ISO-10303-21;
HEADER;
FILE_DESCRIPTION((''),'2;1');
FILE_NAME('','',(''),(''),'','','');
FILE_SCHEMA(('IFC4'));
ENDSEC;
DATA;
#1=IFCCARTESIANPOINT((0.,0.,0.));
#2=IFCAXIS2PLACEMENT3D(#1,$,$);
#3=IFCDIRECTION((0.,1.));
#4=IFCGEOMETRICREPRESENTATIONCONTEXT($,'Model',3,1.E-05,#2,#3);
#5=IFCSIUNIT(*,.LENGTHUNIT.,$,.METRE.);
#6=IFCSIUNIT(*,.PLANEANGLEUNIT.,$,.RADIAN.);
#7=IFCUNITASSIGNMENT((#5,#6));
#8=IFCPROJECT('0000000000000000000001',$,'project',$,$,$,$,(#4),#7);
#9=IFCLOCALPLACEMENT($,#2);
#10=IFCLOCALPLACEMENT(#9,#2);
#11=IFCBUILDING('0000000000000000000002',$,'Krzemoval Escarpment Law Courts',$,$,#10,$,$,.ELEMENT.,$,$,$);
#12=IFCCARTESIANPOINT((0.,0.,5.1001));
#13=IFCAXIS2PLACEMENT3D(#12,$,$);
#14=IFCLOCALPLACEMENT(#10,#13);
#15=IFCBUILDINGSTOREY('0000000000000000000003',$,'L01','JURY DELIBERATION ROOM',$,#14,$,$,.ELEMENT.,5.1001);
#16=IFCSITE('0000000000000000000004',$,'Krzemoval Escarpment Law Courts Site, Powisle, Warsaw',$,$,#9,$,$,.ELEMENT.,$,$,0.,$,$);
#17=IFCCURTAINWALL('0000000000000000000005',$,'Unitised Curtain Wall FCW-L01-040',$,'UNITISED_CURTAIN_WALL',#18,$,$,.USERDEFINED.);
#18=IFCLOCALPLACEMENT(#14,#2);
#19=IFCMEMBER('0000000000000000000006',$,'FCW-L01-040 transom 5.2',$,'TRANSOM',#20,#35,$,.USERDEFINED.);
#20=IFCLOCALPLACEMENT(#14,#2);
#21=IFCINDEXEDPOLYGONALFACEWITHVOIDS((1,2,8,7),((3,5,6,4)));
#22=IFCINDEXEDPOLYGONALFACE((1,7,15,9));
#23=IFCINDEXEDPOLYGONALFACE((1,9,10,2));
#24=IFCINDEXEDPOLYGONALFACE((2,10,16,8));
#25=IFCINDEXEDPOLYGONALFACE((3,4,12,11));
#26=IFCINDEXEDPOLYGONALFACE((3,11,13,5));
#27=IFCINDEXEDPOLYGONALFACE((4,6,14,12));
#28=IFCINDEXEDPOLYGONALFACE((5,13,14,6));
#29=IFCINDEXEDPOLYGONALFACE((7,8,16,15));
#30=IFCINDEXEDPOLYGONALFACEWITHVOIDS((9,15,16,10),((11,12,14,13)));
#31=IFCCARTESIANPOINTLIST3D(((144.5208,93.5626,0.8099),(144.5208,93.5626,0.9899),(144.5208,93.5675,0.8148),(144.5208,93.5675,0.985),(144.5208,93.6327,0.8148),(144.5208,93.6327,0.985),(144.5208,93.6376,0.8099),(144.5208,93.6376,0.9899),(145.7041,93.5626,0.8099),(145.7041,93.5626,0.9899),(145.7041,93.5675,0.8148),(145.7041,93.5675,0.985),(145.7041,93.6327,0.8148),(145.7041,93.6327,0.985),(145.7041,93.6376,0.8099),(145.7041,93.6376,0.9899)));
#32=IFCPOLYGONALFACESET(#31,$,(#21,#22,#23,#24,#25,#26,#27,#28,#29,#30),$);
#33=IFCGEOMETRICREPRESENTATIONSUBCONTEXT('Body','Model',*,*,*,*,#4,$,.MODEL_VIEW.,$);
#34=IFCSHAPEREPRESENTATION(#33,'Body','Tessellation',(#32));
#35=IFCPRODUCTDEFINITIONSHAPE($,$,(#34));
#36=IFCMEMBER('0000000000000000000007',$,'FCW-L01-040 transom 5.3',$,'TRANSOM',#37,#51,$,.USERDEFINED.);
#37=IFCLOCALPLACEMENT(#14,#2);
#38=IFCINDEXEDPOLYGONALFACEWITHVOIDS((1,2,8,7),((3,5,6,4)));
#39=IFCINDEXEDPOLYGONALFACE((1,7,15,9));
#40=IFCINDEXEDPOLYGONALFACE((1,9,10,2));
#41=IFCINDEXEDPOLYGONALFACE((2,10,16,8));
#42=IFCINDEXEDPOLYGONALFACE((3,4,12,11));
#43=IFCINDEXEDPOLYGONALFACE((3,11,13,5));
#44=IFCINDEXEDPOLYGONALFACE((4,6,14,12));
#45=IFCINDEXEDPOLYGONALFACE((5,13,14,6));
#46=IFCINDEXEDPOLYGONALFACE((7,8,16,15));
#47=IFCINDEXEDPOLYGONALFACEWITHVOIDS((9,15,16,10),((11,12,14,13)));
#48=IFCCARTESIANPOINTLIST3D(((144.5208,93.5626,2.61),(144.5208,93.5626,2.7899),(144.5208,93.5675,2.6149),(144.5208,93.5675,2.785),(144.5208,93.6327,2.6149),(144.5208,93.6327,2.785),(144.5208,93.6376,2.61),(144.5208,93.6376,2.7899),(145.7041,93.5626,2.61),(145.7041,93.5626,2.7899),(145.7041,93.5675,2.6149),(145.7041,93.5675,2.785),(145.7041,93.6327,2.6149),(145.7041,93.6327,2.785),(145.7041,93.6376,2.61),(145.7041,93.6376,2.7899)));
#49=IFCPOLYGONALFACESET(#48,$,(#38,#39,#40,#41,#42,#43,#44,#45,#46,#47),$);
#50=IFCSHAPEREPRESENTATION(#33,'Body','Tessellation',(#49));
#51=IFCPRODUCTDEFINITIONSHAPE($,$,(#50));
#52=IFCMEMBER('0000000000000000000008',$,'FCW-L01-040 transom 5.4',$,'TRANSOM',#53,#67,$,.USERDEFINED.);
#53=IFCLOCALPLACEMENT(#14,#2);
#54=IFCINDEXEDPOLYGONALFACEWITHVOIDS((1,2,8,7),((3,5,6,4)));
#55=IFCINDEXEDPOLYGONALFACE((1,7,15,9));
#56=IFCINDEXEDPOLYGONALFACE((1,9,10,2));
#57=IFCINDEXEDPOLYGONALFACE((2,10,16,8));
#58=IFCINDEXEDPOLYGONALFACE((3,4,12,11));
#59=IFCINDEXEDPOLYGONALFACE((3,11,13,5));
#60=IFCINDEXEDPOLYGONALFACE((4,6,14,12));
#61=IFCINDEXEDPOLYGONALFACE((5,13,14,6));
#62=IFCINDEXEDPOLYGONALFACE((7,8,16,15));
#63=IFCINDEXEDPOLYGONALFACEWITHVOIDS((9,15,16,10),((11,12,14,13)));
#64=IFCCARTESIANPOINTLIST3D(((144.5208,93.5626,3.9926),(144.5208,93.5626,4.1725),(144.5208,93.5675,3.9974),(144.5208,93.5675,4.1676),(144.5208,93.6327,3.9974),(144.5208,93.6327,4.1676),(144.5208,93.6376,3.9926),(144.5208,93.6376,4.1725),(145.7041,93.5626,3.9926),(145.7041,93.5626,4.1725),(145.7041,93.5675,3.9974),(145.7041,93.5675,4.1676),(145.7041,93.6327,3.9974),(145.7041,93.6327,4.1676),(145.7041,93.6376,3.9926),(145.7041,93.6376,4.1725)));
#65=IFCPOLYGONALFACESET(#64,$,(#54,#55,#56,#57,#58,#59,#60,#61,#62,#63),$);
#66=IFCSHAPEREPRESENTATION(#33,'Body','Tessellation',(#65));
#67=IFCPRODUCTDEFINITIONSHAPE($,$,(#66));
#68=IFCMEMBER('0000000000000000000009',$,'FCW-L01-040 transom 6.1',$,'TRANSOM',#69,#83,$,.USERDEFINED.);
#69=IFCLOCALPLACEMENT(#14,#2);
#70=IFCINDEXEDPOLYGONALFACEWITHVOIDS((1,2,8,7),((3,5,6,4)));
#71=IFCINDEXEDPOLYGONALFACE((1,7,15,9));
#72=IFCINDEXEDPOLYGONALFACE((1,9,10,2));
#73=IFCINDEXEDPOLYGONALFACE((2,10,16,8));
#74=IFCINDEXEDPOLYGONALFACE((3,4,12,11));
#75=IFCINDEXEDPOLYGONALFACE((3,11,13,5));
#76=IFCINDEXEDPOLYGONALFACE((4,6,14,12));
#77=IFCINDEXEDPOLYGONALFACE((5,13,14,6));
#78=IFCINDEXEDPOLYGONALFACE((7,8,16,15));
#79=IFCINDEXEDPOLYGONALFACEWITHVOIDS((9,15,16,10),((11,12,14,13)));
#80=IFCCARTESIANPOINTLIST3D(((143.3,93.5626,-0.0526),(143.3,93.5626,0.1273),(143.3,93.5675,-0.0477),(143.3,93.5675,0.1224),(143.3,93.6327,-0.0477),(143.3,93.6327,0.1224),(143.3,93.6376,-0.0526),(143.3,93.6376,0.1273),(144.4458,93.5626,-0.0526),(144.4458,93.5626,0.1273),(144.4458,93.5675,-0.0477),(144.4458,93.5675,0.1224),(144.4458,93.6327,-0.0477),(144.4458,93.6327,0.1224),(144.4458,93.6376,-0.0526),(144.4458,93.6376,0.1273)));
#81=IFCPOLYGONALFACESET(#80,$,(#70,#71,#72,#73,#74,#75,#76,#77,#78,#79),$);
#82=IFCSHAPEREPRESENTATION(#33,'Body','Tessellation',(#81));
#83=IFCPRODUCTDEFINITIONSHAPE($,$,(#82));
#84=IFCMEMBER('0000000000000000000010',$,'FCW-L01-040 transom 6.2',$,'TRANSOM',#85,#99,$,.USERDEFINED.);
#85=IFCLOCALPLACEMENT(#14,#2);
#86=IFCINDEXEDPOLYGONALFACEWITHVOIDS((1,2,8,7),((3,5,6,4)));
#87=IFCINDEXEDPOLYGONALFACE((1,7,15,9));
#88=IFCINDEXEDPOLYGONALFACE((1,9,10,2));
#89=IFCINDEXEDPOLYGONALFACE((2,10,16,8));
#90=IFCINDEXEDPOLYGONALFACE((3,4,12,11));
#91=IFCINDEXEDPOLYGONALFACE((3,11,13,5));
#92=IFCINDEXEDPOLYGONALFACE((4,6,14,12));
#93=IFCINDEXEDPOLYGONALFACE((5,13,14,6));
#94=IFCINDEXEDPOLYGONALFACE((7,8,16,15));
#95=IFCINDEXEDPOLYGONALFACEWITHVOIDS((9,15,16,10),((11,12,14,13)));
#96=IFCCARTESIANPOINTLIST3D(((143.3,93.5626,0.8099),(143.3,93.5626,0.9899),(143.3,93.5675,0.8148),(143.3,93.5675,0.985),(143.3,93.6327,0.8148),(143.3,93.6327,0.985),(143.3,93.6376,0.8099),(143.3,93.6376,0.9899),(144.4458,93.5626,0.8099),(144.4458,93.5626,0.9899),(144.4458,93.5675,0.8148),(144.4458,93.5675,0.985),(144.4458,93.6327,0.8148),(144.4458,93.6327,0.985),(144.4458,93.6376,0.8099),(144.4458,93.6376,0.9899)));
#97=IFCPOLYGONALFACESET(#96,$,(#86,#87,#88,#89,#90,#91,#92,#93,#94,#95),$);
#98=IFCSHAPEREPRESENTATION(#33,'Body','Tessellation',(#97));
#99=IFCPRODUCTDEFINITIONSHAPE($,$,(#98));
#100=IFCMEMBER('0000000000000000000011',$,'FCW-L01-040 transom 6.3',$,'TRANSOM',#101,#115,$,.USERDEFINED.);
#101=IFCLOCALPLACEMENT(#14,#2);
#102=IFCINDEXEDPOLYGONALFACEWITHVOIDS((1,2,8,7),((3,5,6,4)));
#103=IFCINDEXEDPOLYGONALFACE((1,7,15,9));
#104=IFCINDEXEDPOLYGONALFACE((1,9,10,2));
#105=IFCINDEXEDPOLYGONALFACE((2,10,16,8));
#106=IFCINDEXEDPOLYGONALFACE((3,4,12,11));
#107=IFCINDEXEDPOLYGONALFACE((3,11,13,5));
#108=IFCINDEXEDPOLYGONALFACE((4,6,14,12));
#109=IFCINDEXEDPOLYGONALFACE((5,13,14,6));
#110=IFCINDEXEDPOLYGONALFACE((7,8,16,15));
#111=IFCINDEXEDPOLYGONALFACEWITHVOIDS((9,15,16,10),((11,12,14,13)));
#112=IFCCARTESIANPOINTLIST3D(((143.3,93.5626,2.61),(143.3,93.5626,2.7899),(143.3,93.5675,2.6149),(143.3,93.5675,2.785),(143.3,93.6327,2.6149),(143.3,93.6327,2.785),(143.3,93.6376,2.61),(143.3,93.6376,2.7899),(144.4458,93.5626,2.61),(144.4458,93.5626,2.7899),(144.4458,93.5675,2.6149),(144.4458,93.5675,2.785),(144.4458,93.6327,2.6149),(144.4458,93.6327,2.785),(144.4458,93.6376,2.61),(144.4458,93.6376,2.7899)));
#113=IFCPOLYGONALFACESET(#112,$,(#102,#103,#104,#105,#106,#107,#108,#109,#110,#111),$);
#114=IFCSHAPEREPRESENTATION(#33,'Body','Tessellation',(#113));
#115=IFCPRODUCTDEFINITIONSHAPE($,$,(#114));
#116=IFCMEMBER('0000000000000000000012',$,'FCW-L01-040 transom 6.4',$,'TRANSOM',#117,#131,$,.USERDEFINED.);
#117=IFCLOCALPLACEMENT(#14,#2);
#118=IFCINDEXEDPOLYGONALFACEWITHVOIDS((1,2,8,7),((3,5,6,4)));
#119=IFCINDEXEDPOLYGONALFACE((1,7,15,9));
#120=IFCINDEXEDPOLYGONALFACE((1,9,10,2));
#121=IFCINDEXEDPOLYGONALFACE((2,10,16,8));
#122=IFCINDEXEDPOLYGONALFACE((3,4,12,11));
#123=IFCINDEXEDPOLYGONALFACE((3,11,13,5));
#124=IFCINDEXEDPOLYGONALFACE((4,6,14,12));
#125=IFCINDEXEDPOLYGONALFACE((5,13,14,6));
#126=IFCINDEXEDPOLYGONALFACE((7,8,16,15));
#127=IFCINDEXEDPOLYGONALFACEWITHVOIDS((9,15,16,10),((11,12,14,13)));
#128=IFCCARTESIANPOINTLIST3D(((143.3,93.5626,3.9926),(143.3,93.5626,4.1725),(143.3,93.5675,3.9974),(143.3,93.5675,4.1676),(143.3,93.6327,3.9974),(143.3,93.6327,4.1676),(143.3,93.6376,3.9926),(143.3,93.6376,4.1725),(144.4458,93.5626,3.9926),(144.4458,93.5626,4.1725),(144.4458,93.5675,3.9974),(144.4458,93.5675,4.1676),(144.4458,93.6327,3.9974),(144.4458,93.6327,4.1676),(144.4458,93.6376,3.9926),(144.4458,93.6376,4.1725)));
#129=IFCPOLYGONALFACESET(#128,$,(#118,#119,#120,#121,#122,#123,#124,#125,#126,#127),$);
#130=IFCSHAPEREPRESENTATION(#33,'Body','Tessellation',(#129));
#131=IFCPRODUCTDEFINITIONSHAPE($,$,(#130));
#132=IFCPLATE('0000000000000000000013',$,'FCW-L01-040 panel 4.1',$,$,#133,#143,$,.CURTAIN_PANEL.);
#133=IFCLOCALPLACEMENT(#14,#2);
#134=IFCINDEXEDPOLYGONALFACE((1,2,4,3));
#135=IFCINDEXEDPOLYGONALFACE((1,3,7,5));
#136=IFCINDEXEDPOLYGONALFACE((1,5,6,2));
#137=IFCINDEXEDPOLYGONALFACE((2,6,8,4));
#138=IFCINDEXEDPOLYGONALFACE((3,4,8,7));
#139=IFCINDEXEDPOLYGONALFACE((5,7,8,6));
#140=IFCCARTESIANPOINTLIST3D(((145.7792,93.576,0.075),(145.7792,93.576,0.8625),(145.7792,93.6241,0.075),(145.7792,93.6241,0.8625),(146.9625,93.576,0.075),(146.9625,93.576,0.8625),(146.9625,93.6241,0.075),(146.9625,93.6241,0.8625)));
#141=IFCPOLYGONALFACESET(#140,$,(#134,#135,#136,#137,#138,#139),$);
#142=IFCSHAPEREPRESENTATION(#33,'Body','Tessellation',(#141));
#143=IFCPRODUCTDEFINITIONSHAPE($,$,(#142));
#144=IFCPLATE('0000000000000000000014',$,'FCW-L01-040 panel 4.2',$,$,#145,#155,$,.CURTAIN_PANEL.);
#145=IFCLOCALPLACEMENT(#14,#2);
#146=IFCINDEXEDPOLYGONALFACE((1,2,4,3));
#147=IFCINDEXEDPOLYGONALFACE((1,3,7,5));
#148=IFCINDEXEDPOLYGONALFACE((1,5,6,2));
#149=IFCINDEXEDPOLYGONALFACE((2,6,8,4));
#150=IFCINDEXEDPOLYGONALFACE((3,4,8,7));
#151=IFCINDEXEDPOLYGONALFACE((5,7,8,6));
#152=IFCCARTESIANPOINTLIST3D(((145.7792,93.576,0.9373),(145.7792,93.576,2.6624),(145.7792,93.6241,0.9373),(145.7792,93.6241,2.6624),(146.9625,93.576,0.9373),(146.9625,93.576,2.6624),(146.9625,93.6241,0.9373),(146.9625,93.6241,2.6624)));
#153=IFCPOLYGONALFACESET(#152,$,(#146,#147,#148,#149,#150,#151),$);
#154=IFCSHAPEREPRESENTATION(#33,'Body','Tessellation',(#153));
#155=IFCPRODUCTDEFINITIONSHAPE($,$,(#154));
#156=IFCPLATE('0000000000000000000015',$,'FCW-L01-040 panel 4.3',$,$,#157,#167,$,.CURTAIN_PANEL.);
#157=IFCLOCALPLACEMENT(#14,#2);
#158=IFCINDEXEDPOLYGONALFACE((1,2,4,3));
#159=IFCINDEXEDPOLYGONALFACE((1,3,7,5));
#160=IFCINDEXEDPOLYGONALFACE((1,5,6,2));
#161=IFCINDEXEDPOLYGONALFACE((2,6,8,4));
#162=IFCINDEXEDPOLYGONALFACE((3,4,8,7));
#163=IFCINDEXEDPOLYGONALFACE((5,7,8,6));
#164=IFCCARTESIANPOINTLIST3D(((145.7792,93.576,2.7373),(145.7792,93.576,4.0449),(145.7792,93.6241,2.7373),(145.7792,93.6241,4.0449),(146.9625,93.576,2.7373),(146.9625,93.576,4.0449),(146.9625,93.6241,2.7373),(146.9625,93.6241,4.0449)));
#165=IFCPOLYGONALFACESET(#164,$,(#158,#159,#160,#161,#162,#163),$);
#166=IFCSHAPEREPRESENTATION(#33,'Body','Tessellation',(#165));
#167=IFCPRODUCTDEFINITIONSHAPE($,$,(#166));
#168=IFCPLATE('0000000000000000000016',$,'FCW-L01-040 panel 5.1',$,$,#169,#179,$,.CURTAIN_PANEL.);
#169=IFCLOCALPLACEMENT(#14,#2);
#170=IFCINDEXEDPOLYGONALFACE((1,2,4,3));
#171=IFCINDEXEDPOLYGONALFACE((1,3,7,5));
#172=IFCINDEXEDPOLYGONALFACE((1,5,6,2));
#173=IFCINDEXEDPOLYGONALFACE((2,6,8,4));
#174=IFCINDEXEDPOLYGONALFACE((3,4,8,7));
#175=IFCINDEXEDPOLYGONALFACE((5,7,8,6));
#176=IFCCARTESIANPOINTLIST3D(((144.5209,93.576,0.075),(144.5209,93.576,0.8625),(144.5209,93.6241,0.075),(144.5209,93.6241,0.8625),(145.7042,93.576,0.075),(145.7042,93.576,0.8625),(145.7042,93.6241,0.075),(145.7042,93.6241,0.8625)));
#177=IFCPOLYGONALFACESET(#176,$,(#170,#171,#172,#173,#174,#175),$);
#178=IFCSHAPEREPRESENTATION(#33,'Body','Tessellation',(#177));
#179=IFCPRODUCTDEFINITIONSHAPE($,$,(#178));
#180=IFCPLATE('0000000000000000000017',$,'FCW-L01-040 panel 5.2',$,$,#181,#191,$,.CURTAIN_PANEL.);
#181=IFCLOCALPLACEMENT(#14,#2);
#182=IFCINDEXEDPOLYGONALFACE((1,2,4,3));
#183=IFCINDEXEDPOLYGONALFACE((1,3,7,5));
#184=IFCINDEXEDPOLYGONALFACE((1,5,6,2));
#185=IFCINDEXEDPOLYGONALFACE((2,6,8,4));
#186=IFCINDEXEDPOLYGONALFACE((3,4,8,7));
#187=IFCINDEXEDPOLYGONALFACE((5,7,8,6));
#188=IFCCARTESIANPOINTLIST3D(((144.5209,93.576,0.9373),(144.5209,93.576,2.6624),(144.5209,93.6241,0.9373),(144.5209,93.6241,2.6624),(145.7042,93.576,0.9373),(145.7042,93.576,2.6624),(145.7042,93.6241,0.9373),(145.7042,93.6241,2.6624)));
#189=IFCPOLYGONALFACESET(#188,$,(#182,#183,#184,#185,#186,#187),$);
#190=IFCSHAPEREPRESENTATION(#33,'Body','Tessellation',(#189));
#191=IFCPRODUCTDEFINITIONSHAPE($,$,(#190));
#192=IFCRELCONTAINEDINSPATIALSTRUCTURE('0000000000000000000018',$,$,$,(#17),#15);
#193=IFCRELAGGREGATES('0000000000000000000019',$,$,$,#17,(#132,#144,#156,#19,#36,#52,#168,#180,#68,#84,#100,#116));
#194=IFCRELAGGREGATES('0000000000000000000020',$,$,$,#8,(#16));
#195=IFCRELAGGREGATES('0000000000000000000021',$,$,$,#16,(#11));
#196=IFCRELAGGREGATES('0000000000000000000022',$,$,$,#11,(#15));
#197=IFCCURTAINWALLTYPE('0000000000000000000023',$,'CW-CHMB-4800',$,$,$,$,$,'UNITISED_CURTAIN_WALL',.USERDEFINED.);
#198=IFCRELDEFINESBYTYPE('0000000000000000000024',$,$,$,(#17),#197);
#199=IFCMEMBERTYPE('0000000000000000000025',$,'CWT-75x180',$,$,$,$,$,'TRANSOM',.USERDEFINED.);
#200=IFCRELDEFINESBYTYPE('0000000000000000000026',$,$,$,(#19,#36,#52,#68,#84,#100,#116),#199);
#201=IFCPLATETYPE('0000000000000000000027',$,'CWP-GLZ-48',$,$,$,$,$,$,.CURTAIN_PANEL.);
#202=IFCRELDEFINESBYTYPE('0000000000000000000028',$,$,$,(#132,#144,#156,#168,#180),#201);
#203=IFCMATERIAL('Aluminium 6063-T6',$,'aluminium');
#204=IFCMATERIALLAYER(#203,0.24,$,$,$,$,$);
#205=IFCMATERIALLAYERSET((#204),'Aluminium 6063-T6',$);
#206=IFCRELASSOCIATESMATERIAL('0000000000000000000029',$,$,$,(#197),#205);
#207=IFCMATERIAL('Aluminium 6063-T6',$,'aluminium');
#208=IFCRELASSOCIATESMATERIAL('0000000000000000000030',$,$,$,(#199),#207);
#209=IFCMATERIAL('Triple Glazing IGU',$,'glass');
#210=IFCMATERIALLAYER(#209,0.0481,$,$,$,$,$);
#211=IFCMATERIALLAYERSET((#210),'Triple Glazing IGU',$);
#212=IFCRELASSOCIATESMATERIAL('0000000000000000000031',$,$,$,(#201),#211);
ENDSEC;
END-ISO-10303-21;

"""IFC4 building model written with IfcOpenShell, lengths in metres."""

from ifc_helpers import new_model, si_unit, direction, frame, origin, origin_2d, place, context, subcontext, project, spatial, rectangle, hollow_rectangle, extrude, material, layer, layer_set, material_profile, profile_set, type_object, element, aggregate, save


model = new_model("IFC4")

# Units and contexts
model_context = context("Model", 3, precision=1e-05, world=origin(), true_north=direction((0.0, 1.0)))
body_context = subcontext(model_context, "Body", "Model", "MODEL_VIEW")
ifc_project = project(units=[si_unit("LENGTHUNIT", "METRE"), si_unit("PLANEANGLEUNIT", "RADIAN")], contexts=[model_context])

# Site, building, storey
site_placement = place(None, origin())
site = spatial("IfcSite", under=ifc_project, at=site_placement, Name="Krzemoval Escarpment Law Courts Site, Powisle, Warsaw", CompositionType="ELEMENT", RefElevation=0.0)
building_placement = place(site_placement, origin())
building = spatial("IfcBuilding", under=site, at=building_placement, Name="Krzemoval Escarpment Law Courts", CompositionType="ELEMENT")
storey_placement = place(building_placement, frame((0.0, 0.0, 5.1001)))
storey = spatial("IfcBuildingStorey", under=building, at=storey_placement, Name="L01", Description="JURY DELIBERATION ROOM", CompositionType="ELEMENT", Elevation=5.1001)

# Curtain wall, members, plates
ifc_material_1 = material(Name="Aluminium 6063-T6", Category="aluminium")
ifc_layer_1 = layer(ifc_material_1, 0.24)
ifc_layer_set_1 = layer_set([ifc_layer_1], Name="Aluminium 6063-T6")
curtain_wall_type = type_object("IfcCurtainWallType", Name="CW-CHMB-4800", ElementType="UNITISED_CURTAIN_WALL", PredefinedType="USERDEFINED", material=ifc_layer_set_1)
curtain_wall_placement = place(storey_placement, origin())
curtain_wall = element("IfcCurtainWall", 1, at=curtain_wall_placement, inside=storey, type_object=curtain_wall_type, Name="Unitised Curtain Wall FCW-L01-040", ObjectType="UNITISED_CURTAIN_WALL", PredefinedType="USERDEFINED")
ifc_material_2 = material(Name="Aluminium 6063-T6", Category="aluminium")
ifc_material_profile_1 = material_profile(ifc_material_2, hollow_rectangle(XDim=0.075, YDim=0.1799, WallThickness=0.0049, at=origin_2d()), Name="ALU T75x180")
ifc_profile_set_1 = profile_set([ifc_material_profile_1], Name="Aluminium 6063-T6")
member_type_1 = type_object("IfcMemberType", Name="CWT-75x180", ElementType="TRANSOM", PredefinedType="USERDEFINED", material=ifc_profile_set_1)
member_1_placement = place(storey_placement, frame((145.7041, 93.6001, 0.8999), z_axis=(-1.0, 0.0, 0.0), x_axis=(0.0, -1.0, 0.0)))
member_1 = element("IfcMember", 2, at=member_1_placement, type_object=member_type_1, Name="FCW-L01-040 transom 5.2", ObjectType="TRANSOM", PredefinedType="USERDEFINED", context=body_context, shape_type="SweptSolid", body=[
    extrude(hollow_rectangle(XDim=0.075, YDim=0.1799, WallThickness=0.0049, at=origin_2d()), origin(), (0.0, 0.0, 1.0), 1.1833),
])
member_2_placement = place(storey_placement, frame((145.7041, 93.6001, 2.7), z_axis=(-1.0, 0.0, 0.0), x_axis=(0.0, -1.0, 0.0)))
member_2 = element("IfcMember", 3, at=member_2_placement, type_object=member_type_1, Name="FCW-L01-040 transom 5.3", ObjectType="TRANSOM", PredefinedType="USERDEFINED", context=body_context, shape_type="SweptSolid", body=[
    extrude(hollow_rectangle(XDim=0.075, YDim=0.1799, WallThickness=0.0049, at=origin_2d()), origin(), (0.0, 0.0, 1.0), 1.1833),
])
member_3_placement = place(storey_placement, frame((145.7041, 93.6001, 4.0825), z_axis=(-1.0, 0.0, 0.0), x_axis=(0.0, -1.0, 0.0)))
member_3 = element("IfcMember", 4, at=member_3_placement, type_object=member_type_1, Name="FCW-L01-040 transom 5.4", ObjectType="TRANSOM", PredefinedType="USERDEFINED", context=body_context, shape_type="SweptSolid", body=[
    extrude(hollow_rectangle(XDim=0.075, YDim=0.1799, WallThickness=0.0049, at=origin_2d()), origin(), (0.0, 0.0, 1.0), 1.1833),
])
member_4_placement = place(storey_placement, frame((144.4458, 93.6001, 0.0374), z_axis=(-1.0, 0.0, 0.0), x_axis=(0.0, -1.0, 0.0)))
member_4 = element("IfcMember", 5, at=member_4_placement, type_object=member_type_1, Name="FCW-L01-040 transom 6.1", ObjectType="TRANSOM", PredefinedType="USERDEFINED", context=body_context, shape_type="SweptSolid", body=[
    extrude(hollow_rectangle(XDim=0.075, YDim=0.1799, WallThickness=0.0049, at=origin_2d()), origin(), (0.0, 0.0, 1.0), 1.1458),
])
member_5_placement = place(storey_placement, frame((144.4458, 93.6001, 0.8999), z_axis=(-1.0, 0.0, 0.0), x_axis=(0.0, -1.0, 0.0)))
member_5 = element("IfcMember", 6, at=member_5_placement, type_object=member_type_1, Name="FCW-L01-040 transom 6.2", ObjectType="TRANSOM", PredefinedType="USERDEFINED", context=body_context, shape_type="SweptSolid", body=[
    extrude(hollow_rectangle(XDim=0.075, YDim=0.1799, WallThickness=0.0049, at=origin_2d()), origin(), (0.0, 0.0, 1.0), 1.1458),
])
member_6_placement = place(storey_placement, frame((144.4458, 93.6001, 2.7), z_axis=(-1.0, 0.0, 0.0), x_axis=(0.0, -1.0, 0.0)))
member_6 = element("IfcMember", 7, at=member_6_placement, type_object=member_type_1, Name="FCW-L01-040 transom 6.3", ObjectType="TRANSOM", PredefinedType="USERDEFINED", context=body_context, shape_type="SweptSolid", body=[
    extrude(hollow_rectangle(XDim=0.075, YDim=0.1799, WallThickness=0.0049, at=origin_2d()), origin(), (0.0, 0.0, 1.0), 1.1458),
])
member_7_placement = place(storey_placement, frame((144.4458, 93.6001, 4.0825), z_axis=(-1.0, 0.0, 0.0), x_axis=(0.0, -1.0, 0.0)))
member_7 = element("IfcMember", 8, at=member_7_placement, type_object=member_type_1, Name="FCW-L01-040 transom 6.4", ObjectType="TRANSOM", PredefinedType="USERDEFINED", context=body_context, shape_type="SweptSolid", body=[
    extrude(hollow_rectangle(XDim=0.075, YDim=0.1799, WallThickness=0.0049, at=origin_2d()), origin(), (0.0, 0.0, 1.0), 1.1458),
])
ifc_material_3 = material(Name="Triple Glazing IGU", Category="glass")
ifc_layer_2 = layer(ifc_material_3, 0.0481)
ifc_layer_set_2 = layer_set([ifc_layer_2], Name="Triple Glazing IGU")
plate_type = type_object("IfcPlateType", Name="CWP-GLZ-48", PredefinedType="CURTAIN_PANEL", material=ifc_layer_set_2)
plate_1_placement = place(storey_placement, frame((146.3708, 93.6001, 0.075), z_axis=(0.0, 0.0, 1.0), x_axis=(-1.0, 0.0, 0.0)))
plate_1 = element("IfcPlate", 9, at=plate_1_placement, type_object=plate_type, Name="FCW-L01-040 panel 4.1", PredefinedType="CURTAIN_PANEL", context=body_context, shape_type="SweptSolid", body=[
    extrude(rectangle(XDim=1.1833, YDim=0.0481, at=origin_2d()), origin(), (0.0, 0.0, 1.0), 0.7876),
])
plate_2_placement = place(storey_placement, frame((146.3708, 93.6001, 0.9373), z_axis=(0.0, 0.0, 1.0), x_axis=(-1.0, 0.0, 0.0)))
plate_2 = element("IfcPlate", 10, at=plate_2_placement, type_object=plate_type, Name="FCW-L01-040 panel 4.2", PredefinedType="CURTAIN_PANEL", context=body_context, shape_type="SweptSolid", body=[
    extrude(rectangle(XDim=1.1833, YDim=0.0481, at=origin_2d()), origin(), (0.0, 0.0, 1.0), 1.7251),
])
plate_3_placement = place(storey_placement, frame((146.3708, 93.6001, 2.7373), z_axis=(0.0, 0.0, 1.0), x_axis=(-1.0, 0.0, 0.0)))
plate_3 = element("IfcPlate", 11, at=plate_3_placement, type_object=plate_type, Name="FCW-L01-040 panel 4.3", PredefinedType="CURTAIN_PANEL", context=body_context, shape_type="SweptSolid", body=[
    extrude(rectangle(XDim=1.1833, YDim=0.0481, at=origin_2d()), origin(), (0.0, 0.0, 1.0), 1.3076),
])
plate_4_placement = place(storey_placement, frame((145.1125, 93.6001, 0.075), z_axis=(0.0, 0.0, 1.0), x_axis=(-1.0, 0.0, 0.0)))
plate_4 = element("IfcPlate", 12, at=plate_4_placement, type_object=plate_type, Name="FCW-L01-040 panel 5.1", PredefinedType="CURTAIN_PANEL", context=body_context, shape_type="SweptSolid", body=[
    extrude(rectangle(XDim=1.1833, YDim=0.0481, at=origin_2d()), origin(), (0.0, 0.0, 1.0), 0.7876),
])
plate_5_placement = place(storey_placement, frame((145.1125, 93.6001, 0.9373), z_axis=(0.0, 0.0, 1.0), x_axis=(-1.0, 0.0, 0.0)))
plate_5 = element("IfcPlate", 13, at=plate_5_placement, type_object=plate_type, Name="FCW-L01-040 panel 5.2", PredefinedType="CURTAIN_PANEL", context=body_context, shape_type="SweptSolid", body=[
    extrude(rectangle(XDim=1.1833, YDim=0.0481, at=origin_2d()), origin(), (0.0, 0.0, 1.0), 1.7251),
])
aggregate(curtain_wall, [plate_1, plate_2, plate_3, member_1, member_2, member_3, plate_4, plate_5, member_4, member_5, member_6, member_7])

save(model, "model.ifc")
